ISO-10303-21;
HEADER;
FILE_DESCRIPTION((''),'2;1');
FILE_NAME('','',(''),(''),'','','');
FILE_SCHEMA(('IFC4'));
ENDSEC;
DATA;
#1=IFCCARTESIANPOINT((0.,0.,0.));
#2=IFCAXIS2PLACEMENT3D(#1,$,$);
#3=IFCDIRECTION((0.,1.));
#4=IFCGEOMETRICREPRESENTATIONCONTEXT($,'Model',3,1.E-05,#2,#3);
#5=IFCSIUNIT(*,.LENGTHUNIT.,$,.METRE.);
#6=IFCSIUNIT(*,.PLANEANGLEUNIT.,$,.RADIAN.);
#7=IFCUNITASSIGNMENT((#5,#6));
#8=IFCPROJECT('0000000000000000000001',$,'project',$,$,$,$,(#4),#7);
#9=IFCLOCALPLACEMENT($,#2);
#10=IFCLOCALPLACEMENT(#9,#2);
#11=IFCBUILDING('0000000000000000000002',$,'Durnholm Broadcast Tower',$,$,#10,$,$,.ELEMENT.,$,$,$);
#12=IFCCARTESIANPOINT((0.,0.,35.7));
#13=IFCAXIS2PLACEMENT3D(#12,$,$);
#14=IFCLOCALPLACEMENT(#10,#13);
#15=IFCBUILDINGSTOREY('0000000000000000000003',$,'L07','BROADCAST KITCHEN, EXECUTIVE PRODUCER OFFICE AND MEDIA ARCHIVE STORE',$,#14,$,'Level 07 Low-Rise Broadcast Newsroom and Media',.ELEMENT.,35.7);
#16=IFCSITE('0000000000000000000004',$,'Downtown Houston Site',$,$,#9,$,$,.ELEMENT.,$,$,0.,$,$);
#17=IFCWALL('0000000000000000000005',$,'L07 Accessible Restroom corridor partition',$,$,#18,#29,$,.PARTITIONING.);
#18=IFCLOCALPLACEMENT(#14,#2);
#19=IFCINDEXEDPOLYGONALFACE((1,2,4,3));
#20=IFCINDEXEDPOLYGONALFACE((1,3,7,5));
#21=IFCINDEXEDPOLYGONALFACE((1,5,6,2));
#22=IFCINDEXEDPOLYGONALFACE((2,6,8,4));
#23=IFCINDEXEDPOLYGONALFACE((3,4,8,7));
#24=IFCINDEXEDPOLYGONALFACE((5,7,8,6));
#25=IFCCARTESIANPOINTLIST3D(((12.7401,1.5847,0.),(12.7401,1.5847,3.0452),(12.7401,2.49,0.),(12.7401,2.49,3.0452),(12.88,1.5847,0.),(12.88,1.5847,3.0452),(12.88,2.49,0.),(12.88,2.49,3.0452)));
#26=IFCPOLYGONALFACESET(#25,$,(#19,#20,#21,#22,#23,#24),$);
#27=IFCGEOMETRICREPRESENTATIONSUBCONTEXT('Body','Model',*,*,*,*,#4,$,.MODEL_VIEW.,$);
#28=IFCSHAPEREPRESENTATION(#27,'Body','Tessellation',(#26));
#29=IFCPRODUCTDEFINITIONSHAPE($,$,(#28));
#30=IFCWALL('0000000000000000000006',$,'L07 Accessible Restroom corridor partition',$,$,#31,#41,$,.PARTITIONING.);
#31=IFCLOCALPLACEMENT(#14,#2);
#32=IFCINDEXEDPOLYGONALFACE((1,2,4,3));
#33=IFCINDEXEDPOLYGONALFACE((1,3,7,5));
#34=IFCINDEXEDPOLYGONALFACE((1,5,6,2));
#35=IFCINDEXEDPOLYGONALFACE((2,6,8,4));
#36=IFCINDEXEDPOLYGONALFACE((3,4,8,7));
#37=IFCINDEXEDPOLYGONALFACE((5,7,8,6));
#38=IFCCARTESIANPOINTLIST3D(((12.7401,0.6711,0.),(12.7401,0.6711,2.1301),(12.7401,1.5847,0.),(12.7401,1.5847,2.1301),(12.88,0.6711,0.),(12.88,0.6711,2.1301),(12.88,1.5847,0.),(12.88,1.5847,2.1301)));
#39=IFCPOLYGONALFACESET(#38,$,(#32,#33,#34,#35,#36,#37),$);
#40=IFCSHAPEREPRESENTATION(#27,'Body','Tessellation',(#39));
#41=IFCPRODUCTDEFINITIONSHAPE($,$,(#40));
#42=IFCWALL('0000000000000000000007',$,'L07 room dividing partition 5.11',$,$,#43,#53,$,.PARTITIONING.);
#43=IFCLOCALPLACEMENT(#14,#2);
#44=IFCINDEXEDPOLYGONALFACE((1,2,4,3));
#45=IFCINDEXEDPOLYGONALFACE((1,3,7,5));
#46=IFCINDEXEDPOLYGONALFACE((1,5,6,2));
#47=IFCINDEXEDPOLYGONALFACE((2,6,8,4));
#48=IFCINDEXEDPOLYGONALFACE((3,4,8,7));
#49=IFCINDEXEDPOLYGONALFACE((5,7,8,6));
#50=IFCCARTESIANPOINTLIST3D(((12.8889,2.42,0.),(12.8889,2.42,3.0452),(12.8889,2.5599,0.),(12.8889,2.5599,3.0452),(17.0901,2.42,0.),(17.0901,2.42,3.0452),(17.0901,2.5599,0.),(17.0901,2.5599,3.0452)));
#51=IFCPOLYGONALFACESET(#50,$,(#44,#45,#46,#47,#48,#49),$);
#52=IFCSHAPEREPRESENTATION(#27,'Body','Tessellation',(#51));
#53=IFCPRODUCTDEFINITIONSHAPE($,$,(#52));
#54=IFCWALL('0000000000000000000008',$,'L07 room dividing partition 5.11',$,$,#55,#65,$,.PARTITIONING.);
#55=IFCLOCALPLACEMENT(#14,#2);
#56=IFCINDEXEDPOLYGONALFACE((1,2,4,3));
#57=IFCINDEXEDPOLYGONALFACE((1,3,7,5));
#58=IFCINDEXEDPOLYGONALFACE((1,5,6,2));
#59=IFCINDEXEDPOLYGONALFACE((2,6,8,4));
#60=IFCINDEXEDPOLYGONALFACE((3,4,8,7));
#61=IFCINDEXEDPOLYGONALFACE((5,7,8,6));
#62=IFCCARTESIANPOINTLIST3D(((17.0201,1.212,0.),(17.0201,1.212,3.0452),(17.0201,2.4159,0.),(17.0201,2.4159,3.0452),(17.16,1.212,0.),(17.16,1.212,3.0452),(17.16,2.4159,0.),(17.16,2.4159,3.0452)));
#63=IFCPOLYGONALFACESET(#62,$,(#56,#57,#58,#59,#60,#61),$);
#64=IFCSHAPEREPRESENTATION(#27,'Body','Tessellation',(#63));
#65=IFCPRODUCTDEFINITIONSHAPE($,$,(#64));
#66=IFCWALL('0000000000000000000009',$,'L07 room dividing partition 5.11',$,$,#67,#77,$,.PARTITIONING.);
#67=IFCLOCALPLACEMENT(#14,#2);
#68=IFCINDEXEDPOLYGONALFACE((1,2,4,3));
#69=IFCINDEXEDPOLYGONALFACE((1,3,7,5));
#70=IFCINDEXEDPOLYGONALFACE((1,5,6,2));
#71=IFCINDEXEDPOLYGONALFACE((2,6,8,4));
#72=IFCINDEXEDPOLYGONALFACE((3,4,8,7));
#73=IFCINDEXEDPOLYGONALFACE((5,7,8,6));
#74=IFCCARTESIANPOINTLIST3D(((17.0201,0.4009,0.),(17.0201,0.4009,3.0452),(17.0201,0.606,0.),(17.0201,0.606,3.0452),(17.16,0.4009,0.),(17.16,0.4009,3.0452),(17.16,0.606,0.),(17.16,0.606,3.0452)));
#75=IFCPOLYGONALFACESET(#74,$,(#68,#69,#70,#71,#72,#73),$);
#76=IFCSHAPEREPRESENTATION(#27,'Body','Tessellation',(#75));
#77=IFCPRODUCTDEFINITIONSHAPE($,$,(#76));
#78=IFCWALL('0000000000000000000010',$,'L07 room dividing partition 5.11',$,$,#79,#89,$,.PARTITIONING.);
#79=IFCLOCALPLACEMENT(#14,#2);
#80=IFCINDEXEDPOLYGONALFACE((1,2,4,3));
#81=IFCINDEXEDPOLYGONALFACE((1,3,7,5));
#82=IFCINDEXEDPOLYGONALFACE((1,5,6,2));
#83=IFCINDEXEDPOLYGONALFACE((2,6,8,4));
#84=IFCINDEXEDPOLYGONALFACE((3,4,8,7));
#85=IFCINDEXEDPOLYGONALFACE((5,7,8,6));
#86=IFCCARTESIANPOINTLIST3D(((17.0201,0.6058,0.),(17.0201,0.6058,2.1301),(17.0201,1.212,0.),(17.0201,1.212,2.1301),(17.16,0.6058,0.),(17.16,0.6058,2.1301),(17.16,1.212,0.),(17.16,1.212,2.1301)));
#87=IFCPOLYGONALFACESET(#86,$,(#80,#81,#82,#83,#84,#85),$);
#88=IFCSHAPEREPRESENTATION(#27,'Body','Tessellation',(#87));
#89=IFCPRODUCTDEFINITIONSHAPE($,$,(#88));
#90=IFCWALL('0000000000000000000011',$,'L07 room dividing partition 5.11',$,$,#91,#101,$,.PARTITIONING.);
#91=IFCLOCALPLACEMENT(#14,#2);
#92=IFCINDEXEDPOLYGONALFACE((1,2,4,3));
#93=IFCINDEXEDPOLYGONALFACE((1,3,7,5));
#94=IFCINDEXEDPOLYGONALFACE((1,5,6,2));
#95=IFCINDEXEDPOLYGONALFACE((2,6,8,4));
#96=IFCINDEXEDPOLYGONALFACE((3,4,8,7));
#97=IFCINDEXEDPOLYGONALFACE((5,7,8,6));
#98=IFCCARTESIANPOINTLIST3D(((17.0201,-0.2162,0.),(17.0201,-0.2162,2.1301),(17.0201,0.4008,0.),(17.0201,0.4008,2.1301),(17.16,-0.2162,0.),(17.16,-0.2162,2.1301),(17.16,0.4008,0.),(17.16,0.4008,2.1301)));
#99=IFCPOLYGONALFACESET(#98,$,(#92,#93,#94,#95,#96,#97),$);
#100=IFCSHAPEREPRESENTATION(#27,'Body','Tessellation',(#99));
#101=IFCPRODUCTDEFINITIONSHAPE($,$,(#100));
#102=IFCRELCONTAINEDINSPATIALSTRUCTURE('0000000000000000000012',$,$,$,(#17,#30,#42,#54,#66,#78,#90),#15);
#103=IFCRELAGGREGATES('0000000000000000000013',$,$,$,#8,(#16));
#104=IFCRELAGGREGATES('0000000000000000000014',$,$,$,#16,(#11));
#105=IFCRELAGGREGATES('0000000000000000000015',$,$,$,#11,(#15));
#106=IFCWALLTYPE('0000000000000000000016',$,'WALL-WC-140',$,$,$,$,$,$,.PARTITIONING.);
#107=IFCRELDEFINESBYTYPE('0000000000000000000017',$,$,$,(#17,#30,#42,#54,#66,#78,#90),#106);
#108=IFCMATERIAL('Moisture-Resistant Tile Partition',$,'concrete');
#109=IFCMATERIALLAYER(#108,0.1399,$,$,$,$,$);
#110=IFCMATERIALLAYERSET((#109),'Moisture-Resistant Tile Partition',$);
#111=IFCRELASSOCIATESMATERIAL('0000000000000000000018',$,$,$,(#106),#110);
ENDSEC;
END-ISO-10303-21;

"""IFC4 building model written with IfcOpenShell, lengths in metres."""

from ifc_helpers import new_model, si_unit, direction, frame, frame_2d, origin, place, context, subcontext, project, spatial, rectangle, extrude, material, layer, layer_set, type_object, element, save


model = new_model("IFC4")

# Units and contexts
model_context = context("Model", 3, precision=1e-05, world=origin(), true_north=direction((0.0, 1.0)))
body_context = subcontext(model_context, "Body", "Model", "MODEL_VIEW")
ifc_project = project(units=[si_unit("LENGTHUNIT", "METRE"), si_unit("PLANEANGLEUNIT", "RADIAN")], contexts=[model_context])

# Site, building, storey
site_placement = place(None, origin())
site = spatial("IfcSite", under=ifc_project, at=site_placement, Name="Downtown Houston Site", CompositionType="ELEMENT", RefElevation=0.0)
building_placement = place(site_placement, origin())
building = spatial("IfcBuilding", under=site, at=building_placement, Name="Durnholm Broadcast Tower", CompositionType="ELEMENT")
storey_placement = place(building_placement, frame((0.0, 0.0, 35.7)))
storey = spatial("IfcBuildingStorey", under=building, at=storey_placement, Name="L07", Description="BROADCAST KITCHEN, EXECUTIVE PRODUCER OFFICE AND MEDIA ARCHIVE STORE", LongName="Level 07 Low-Rise Broadcast Newsroom and Media", CompositionType="ELEMENT", Elevation=35.7)

# Walls
ifc_material_1 = material(Name="Moisture-Resistant Tile Partition", Category="concrete")
ifc_layer_1 = layer(ifc_material_1, 0.1399)
ifc_layer_set_1 = layer_set([ifc_layer_1], Name="Moisture-Resistant Tile Partition")
wall_type_1 = type_object("IfcWallType", Name="WALL-WC-140", PredefinedType="PARTITIONING", material=ifc_layer_set_1)
wall_1_placement = place(storey_placement, frame((12.8101, 1.5847, 0.0), z_axis=(0.0, 0.0, 1.0), x_axis=(0.0, 1.0, 0.0)))
element("IfcWall", 1, at=wall_1_placement, inside=storey, type_object=wall_type_1, Name="L07 Accessible Restroom corridor partition", PredefinedType="PARTITIONING", context=body_context, shape_type="SweptSolid", body=[
    extrude(rectangle(XDim=0.9053, YDim=0.1399, at=frame_2d((0.4526, 0.0))), origin(), (0.0, 0.0, 1.0), 3.0452),
])
wall_2_placement = place(storey_placement, frame((12.8101, 0.6711, 0.0), z_axis=(0.0, 0.0, 1.0), x_axis=(0.0, 1.0, 0.0)))
element("IfcWall", 2, at=wall_2_placement, inside=storey, type_object=wall_type_1, Name="L07 Accessible Restroom corridor partition", PredefinedType="PARTITIONING", context=body_context, shape_type="SweptSolid", body=[
    extrude(rectangle(XDim=0.9136, YDim=0.1399, at=frame_2d((0.4568, 0.0))), origin(), (0.0, 0.0, 1.0), 2.1301),
])
wall_3_placement = place(storey_placement, frame((12.8889, 2.49, 0.0), z_axis=(0.0, 0.0, 1.0), x_axis=(1.0, 0.0, 0.0)))
element("IfcWall", 3, at=wall_3_placement, inside=storey, type_object=wall_type_1, Name="L07 room dividing partition 5.11", PredefinedType="PARTITIONING", context=body_context, shape_type="SweptSolid", body=[
    extrude(rectangle(XDim=4.2012, YDim=0.1399, at=frame_2d((2.1006, 0.0))), origin(), (0.0, 0.0, 1.0), 3.0452),
])
wall_4_placement = place(storey_placement, frame((17.0901, 2.416, 0.0), z_axis=(0.0, 0.0, 1.0), x_axis=(0.0, -1.0, 0.0)))
element("IfcWall", 4, at=wall_4_placement, inside=storey, type_object=wall_type_1, Name="L07 room dividing partition 5.11", PredefinedType="PARTITIONING", context=body_context, shape_type="SweptSolid", body=[
    extrude(rectangle(XDim=1.2039, YDim=0.1399, at=frame_2d((0.6021, 0.0))), origin(), (0.0, 0.0, 1.0), 3.0452),
])
wall_5_placement = place(storey_placement, frame((17.0901, 0.606, 0.0), z_axis=(0.0, 0.0, 1.0), x_axis=(0.0, -1.0, 0.0)))
element("IfcWall", 5, at=wall_5_placement, inside=storey, type_object=wall_type_1, Name="L07 room dividing partition 5.11", PredefinedType="PARTITIONING", context=body_context, shape_type="SweptSolid", body=[
    extrude(rectangle(XDim=0.2051, YDim=0.1399, at=frame_2d((0.1025, 0.0))), origin(), (0.0, 0.0, 1.0), 3.0452),
])
wall_6_placement = place(storey_placement, frame((17.0901, 1.2122, 0.0), z_axis=(0.0, 0.0, 1.0), x_axis=(0.0, -1.0, 0.0)))
element("IfcWall", 6, at=wall_6_placement, inside=storey, type_object=wall_type_1, Name="L07 room dividing partition 5.11", PredefinedType="PARTITIONING", context=body_context, shape_type="SweptSolid", body=[
    extrude(rectangle(XDim=0.6062, YDim=0.1399, at=frame_2d((0.3032, 0.0))), origin(), (0.0, 0.0, 1.0), 2.1301),
])
wall_7_placement = place(storey_placement, frame((17.0901, 0.4009, 0.0), z_axis=(0.0, 0.0, 1.0), x_axis=(0.0, -1.0, 0.0)))
element("IfcWall", 7, at=wall_7_placement, inside=storey, type_object=wall_type_1, Name="L07 room dividing partition 5.11", PredefinedType="PARTITIONING", context=body_context, shape_type="SweptSolid", body=[
    extrude(rectangle(XDim=0.6169, YDim=0.1399, at=frame_2d((0.3086, 0.0))), origin(), (0.0, 0.0, 1.0), 2.1301),
])

save(model, "model.ifc")
